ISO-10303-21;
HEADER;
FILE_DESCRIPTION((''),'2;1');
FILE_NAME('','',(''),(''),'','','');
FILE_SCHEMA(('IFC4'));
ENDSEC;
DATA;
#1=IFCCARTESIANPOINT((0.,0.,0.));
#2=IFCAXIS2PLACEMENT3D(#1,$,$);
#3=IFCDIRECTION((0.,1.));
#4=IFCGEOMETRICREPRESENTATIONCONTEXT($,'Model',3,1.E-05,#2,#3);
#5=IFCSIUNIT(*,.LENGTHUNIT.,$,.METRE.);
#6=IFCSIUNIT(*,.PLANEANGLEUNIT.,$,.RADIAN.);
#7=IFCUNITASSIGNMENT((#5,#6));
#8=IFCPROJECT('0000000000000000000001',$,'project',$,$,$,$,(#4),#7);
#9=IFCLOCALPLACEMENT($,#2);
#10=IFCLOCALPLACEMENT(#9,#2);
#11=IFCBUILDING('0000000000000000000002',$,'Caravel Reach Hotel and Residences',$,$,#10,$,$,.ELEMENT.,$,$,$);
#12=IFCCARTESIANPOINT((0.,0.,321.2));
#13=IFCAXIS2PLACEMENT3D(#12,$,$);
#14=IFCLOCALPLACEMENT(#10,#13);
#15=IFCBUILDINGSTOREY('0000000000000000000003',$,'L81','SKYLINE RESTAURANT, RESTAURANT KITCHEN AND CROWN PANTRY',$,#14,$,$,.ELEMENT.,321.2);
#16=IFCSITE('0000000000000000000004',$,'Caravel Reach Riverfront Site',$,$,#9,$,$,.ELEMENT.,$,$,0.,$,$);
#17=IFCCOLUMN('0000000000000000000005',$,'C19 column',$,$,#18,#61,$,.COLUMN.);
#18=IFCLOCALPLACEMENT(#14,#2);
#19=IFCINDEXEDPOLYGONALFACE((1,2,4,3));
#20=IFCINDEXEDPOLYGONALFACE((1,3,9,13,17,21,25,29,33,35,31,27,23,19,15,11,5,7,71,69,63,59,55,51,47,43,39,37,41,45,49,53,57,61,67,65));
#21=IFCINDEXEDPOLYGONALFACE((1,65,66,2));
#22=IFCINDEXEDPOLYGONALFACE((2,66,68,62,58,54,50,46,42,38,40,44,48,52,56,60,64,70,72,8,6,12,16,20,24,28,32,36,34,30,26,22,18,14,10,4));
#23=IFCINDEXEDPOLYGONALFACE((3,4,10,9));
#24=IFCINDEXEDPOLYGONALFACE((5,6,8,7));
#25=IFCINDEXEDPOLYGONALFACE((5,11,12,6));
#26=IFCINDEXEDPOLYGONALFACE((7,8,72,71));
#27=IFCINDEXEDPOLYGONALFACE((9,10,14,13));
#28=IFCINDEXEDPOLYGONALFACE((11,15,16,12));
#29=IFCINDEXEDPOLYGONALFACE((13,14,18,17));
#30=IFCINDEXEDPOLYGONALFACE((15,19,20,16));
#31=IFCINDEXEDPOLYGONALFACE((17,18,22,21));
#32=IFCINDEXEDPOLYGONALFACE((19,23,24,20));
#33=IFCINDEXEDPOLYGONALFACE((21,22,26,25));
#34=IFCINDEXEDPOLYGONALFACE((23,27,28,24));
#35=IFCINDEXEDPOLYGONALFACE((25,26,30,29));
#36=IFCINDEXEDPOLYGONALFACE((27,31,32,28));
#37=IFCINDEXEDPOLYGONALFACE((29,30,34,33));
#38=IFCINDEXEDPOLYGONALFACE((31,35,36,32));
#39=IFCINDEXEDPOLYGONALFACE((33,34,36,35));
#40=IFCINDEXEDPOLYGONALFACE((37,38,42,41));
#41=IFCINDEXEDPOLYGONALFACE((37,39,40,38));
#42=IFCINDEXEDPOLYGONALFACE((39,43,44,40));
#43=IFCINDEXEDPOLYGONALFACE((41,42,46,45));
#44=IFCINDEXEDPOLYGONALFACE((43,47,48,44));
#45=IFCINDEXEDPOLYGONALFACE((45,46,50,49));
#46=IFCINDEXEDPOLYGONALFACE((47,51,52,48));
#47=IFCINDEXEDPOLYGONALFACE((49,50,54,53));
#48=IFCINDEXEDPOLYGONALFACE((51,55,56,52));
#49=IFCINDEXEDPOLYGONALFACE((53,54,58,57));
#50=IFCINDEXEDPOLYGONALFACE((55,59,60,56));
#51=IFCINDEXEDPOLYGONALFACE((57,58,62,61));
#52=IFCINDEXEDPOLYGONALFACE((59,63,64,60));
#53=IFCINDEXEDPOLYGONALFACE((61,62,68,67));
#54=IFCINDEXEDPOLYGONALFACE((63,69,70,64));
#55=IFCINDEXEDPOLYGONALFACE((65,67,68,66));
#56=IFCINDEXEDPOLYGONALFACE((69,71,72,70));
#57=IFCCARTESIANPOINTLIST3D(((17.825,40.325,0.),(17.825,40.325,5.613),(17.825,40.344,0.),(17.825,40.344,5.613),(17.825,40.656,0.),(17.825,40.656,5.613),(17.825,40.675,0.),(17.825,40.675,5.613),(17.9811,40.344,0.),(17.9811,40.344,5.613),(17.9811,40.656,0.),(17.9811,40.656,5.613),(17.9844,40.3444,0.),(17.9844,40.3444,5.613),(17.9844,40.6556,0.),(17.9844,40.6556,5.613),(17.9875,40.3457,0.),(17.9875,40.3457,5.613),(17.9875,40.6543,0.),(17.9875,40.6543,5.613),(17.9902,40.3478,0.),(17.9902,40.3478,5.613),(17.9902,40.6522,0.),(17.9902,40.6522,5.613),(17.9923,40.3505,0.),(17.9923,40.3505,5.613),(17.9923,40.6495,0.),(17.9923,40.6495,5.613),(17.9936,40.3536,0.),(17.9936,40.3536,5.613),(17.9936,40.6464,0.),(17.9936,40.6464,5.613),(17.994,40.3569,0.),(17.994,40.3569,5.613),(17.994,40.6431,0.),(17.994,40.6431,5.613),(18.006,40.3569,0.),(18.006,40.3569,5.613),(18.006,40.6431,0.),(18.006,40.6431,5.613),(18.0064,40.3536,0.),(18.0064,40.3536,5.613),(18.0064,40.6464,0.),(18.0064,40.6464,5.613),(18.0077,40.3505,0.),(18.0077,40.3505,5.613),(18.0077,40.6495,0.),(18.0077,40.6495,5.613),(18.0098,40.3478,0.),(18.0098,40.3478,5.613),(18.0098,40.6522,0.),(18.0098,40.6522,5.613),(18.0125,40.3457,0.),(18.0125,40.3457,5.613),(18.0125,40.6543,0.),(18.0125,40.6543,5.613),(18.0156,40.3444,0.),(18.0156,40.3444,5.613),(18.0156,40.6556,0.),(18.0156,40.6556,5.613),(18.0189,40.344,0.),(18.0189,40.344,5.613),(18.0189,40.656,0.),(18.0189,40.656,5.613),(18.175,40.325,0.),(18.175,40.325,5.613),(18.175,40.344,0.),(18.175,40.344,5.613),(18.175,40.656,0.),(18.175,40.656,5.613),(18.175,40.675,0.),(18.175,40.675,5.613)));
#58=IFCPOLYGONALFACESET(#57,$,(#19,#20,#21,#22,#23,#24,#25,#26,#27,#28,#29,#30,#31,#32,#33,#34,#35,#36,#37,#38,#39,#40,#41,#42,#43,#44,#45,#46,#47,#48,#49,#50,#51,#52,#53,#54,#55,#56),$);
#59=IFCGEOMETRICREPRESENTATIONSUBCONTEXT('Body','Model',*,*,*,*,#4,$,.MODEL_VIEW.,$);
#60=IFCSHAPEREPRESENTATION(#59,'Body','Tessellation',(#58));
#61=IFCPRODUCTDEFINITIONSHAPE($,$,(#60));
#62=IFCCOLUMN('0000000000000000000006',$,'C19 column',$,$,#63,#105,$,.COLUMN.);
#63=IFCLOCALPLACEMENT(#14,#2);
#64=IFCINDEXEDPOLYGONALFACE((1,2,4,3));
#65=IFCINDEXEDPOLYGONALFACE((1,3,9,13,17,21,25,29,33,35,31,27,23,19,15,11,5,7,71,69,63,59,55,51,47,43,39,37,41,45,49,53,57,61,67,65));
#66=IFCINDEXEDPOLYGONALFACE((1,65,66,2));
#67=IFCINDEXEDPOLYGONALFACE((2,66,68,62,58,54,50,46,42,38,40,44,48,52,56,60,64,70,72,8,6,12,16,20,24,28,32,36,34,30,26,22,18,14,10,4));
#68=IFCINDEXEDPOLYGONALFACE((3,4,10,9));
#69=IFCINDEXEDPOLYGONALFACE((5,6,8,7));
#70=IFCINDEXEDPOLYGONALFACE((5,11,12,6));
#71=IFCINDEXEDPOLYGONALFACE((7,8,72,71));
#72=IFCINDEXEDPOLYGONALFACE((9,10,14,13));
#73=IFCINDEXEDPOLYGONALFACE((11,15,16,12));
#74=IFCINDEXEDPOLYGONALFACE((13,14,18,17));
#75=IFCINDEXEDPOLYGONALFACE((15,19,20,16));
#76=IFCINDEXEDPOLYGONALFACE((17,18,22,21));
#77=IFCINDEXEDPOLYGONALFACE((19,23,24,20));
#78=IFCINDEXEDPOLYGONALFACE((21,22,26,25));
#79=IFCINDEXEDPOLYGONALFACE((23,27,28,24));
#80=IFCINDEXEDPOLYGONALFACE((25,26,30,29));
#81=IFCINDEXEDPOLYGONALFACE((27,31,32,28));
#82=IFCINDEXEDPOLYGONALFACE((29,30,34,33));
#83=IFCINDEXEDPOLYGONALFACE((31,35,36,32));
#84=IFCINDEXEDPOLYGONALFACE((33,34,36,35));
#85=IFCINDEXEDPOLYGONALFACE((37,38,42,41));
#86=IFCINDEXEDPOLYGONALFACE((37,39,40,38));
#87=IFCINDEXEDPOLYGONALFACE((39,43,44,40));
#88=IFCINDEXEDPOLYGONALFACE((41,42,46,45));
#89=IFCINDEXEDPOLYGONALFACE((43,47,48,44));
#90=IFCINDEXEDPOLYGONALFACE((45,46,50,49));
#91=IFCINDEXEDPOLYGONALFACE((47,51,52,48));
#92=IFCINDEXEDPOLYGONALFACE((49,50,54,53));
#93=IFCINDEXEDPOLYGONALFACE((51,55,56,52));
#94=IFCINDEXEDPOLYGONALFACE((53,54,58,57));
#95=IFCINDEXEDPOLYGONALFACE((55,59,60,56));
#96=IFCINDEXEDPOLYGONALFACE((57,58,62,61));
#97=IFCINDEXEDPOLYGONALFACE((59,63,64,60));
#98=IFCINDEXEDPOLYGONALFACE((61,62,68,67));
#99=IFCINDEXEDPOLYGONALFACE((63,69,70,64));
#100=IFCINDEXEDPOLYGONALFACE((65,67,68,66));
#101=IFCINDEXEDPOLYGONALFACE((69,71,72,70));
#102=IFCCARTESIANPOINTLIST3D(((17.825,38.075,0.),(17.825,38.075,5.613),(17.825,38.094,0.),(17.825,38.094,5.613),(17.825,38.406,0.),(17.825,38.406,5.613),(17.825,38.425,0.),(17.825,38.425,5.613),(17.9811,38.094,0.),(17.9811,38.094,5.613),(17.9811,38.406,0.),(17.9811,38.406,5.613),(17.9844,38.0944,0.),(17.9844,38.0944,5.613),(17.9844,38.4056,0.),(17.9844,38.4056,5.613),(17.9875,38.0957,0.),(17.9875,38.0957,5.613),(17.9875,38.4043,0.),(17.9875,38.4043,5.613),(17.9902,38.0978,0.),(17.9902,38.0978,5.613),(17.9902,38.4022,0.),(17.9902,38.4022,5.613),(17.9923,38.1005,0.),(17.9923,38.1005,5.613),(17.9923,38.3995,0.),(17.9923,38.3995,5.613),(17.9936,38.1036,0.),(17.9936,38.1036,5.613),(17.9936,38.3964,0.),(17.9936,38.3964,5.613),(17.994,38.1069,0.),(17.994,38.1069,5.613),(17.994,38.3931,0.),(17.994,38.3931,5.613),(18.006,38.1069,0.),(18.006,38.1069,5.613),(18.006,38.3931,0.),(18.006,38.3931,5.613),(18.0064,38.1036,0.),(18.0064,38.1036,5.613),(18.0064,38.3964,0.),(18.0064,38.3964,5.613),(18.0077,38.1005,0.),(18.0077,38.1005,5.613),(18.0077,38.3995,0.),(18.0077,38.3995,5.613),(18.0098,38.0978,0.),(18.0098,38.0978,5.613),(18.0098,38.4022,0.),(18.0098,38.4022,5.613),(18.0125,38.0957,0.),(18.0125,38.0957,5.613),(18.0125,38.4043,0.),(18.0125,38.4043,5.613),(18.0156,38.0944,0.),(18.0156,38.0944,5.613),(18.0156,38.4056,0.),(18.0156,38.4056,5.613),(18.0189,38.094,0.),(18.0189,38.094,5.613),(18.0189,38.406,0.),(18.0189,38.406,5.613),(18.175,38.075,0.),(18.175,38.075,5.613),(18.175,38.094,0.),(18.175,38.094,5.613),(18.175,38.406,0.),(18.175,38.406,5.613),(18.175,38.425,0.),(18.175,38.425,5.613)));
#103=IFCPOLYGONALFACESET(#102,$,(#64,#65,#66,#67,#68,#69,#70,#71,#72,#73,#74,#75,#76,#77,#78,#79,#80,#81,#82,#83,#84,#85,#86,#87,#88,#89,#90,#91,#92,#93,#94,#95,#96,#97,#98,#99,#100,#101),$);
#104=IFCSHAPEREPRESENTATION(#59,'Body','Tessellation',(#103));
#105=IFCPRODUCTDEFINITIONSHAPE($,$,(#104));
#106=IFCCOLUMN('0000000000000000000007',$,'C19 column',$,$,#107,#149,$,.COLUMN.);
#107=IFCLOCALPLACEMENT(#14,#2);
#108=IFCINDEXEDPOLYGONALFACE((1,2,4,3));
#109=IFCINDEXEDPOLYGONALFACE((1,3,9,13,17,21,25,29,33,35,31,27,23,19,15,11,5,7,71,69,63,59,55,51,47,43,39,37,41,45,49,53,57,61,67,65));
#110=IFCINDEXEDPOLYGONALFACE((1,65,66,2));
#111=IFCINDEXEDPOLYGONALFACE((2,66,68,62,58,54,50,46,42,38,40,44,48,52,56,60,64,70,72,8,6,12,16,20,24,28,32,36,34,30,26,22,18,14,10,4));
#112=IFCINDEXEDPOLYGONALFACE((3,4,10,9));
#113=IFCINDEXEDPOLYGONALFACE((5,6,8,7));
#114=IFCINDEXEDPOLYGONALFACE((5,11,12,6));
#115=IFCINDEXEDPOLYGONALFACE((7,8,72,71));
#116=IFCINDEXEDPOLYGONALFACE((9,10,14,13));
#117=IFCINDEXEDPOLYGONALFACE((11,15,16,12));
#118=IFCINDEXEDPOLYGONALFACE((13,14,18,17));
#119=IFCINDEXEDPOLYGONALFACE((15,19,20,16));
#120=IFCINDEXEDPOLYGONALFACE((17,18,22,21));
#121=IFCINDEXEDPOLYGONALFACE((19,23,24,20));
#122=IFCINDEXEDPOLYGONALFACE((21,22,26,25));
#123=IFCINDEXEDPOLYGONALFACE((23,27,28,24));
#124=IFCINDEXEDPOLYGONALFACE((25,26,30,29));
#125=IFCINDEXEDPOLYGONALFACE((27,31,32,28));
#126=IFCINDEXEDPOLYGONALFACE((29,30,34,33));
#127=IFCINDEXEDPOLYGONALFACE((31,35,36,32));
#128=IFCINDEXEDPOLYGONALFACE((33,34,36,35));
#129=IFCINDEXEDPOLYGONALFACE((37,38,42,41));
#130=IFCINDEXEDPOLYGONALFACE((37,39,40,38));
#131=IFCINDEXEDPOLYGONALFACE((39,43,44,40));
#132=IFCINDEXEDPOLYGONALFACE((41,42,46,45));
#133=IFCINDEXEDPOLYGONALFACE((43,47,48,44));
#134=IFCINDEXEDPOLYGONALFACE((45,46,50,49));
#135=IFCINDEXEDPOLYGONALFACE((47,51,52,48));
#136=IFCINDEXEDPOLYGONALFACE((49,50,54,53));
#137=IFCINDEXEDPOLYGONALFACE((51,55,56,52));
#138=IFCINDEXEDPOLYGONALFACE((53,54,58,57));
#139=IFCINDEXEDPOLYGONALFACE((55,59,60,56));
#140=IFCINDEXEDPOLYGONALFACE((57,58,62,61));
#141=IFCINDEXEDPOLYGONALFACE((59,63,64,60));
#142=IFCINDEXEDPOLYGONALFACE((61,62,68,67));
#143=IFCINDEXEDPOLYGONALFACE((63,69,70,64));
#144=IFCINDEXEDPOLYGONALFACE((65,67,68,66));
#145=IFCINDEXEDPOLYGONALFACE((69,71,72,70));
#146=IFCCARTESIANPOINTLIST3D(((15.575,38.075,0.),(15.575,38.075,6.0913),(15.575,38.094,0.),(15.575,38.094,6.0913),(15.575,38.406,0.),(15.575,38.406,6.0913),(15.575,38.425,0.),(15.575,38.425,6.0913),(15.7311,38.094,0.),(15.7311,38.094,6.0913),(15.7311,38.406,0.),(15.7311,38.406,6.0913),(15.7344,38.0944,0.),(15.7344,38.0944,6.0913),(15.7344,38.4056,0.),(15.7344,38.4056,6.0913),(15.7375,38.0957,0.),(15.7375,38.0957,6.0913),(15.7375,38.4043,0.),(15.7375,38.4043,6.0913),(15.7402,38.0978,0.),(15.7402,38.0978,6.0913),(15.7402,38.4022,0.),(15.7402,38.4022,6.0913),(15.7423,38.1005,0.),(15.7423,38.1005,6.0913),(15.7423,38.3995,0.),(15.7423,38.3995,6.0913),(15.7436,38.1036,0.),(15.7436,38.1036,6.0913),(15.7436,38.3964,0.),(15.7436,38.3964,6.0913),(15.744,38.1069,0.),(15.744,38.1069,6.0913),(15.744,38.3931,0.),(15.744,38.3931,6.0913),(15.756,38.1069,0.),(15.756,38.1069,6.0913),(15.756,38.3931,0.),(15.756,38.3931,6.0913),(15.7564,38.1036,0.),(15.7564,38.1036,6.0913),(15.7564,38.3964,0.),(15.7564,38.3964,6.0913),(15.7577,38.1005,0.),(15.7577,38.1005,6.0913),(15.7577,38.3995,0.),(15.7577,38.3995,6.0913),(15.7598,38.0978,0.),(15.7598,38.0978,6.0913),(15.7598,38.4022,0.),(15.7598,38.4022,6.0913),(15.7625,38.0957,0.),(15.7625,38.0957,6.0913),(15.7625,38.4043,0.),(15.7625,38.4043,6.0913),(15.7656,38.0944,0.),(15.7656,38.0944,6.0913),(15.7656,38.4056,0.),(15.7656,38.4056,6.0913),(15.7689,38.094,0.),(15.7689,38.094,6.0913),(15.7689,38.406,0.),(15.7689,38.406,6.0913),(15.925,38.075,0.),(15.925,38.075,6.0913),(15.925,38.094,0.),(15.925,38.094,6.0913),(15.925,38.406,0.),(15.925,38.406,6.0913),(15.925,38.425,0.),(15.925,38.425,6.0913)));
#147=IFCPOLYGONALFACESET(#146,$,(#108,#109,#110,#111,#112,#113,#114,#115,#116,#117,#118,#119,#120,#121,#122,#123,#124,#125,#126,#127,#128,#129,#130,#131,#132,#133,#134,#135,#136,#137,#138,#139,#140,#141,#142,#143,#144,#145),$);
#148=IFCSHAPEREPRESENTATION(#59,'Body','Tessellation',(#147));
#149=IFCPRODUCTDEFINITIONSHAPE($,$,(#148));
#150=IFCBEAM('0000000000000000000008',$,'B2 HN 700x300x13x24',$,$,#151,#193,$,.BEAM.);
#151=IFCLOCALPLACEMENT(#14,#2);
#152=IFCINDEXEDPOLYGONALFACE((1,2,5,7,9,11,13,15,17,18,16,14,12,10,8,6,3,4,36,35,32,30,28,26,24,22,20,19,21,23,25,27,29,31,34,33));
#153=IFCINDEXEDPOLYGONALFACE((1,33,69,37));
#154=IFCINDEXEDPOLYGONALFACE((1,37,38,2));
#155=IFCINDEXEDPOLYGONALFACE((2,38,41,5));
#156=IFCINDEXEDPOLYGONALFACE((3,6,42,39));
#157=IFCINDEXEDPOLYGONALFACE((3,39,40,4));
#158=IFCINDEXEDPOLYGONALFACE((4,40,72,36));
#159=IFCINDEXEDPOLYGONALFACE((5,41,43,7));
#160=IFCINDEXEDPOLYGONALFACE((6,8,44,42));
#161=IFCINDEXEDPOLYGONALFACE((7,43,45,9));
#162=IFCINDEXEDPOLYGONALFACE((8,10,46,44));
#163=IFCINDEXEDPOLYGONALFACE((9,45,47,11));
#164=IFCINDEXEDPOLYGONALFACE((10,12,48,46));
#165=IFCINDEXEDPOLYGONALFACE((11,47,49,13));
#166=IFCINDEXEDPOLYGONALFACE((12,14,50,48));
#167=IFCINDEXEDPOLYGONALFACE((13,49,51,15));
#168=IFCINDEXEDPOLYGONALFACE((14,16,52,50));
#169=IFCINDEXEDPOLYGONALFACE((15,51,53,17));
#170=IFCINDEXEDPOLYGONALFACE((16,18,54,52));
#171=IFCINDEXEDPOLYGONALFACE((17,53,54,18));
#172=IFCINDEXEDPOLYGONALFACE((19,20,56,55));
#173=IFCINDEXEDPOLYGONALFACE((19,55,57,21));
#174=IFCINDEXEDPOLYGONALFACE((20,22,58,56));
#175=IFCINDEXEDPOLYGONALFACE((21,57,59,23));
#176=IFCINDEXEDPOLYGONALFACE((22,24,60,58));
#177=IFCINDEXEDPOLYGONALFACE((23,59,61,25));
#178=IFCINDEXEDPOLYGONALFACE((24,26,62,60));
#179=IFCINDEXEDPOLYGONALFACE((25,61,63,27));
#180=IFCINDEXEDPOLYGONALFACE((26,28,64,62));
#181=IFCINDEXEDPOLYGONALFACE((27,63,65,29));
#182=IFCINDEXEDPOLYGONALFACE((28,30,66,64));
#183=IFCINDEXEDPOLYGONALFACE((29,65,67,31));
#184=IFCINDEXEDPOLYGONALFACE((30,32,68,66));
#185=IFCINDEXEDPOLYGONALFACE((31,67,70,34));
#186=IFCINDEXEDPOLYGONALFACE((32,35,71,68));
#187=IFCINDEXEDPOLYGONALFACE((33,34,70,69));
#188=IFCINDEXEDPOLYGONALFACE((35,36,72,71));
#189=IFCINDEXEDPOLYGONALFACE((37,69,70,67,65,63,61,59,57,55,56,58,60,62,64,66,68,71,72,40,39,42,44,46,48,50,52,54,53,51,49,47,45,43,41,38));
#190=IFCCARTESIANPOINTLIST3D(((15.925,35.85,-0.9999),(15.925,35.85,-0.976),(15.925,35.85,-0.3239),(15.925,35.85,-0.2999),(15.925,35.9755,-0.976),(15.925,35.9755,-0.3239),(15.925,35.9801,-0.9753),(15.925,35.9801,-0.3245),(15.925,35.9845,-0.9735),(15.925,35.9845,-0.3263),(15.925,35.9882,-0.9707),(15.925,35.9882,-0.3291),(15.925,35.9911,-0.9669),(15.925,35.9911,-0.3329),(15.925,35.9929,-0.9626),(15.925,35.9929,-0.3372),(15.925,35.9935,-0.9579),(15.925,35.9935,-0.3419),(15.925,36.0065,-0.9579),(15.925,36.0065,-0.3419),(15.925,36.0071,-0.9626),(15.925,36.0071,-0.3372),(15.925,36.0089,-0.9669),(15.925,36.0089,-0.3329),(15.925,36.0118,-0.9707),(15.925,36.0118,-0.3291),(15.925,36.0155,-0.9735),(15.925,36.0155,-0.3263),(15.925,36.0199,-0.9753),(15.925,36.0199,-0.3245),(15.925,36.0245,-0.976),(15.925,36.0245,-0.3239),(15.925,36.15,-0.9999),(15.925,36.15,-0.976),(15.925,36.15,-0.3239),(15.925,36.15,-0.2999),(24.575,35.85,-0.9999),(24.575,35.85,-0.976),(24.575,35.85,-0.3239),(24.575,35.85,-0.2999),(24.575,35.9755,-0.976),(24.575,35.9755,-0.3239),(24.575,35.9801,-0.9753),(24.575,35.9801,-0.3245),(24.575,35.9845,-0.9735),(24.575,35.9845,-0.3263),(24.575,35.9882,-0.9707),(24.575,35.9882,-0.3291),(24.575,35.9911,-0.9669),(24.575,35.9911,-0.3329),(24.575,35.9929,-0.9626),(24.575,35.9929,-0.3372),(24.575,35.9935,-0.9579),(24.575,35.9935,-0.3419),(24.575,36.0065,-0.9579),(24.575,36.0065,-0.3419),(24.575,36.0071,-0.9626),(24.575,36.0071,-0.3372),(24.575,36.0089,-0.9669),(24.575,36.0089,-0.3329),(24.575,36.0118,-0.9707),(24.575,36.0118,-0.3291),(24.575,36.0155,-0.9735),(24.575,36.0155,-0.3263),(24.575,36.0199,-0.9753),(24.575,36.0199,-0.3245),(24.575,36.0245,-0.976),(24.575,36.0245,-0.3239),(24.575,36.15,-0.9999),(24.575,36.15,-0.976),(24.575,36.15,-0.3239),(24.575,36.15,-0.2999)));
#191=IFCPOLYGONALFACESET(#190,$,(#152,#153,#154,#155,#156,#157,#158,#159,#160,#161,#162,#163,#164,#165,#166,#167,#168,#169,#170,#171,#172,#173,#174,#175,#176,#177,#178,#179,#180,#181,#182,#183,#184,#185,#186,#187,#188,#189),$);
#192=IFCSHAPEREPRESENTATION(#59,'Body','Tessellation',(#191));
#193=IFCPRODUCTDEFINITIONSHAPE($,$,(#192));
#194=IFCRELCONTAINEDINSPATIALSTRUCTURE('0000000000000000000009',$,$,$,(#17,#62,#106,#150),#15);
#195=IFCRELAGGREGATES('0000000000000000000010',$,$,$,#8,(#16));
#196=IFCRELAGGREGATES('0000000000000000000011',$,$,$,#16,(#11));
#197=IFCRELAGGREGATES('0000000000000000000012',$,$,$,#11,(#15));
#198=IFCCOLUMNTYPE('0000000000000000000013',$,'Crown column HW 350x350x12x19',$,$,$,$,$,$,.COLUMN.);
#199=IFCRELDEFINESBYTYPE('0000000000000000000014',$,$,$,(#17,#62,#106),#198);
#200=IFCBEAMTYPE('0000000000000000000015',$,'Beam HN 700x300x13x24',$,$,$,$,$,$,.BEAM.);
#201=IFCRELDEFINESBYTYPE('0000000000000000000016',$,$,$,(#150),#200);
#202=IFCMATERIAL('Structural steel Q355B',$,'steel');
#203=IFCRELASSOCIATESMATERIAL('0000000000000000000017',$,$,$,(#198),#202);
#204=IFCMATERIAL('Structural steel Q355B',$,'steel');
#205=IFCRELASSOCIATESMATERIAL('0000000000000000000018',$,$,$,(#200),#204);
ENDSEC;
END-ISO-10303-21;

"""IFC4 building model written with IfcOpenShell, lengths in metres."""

from ifc_helpers import new_model, si_unit, direction, frame, origin, origin_2d, place, context, subcontext, project, spatial, i_section, extrude, material, material_profile, profile_set, type_object, element, save


model = new_model("IFC4")

# Units and contexts
model_context = context("Model", 3, precision=1e-05, world=origin(), true_north=direction((0.0, 1.0)))
body_context = subcontext(model_context, "Body", "Model", "MODEL_VIEW")
ifc_project = project(units=[si_unit("LENGTHUNIT", "METRE"), si_unit("PLANEANGLEUNIT", "RADIAN")], contexts=[model_context])

# Site, building, storey
site_placement = place(None, origin())
site = spatial("IfcSite", under=ifc_project, at=site_placement, Name="Caravel Reach Riverfront Site", CompositionType="ELEMENT", RefElevation=0.0)
building_placement = place(site_placement, origin())
building = spatial("IfcBuilding", under=site, at=building_placement, Name="Caravel Reach Hotel and Residences", CompositionType="ELEMENT")
storey_placement = place(building_placement, frame((0.0, 0.0, 321.2)))
storey = spatial("IfcBuildingStorey", under=building, at=storey_placement, Name="L81", Description="SKYLINE RESTAURANT, RESTAURANT KITCHEN AND CROWN PANTRY", CompositionType="ELEMENT", Elevation=321.2)

# Columns
ifc_material_1 = material(Name="Structural steel Q355B", Category="steel")
ifc_material_profile_1 = material_profile(ifc_material_1, i_section(OverallWidth=0.3501, OverallDepth=0.3501, WebThickness=0.012, FlangeThickness=0.019, FilletRadius=0.0129, at=origin_2d()), Name="HW 350x350x12x19")
ifc_profile_set_1 = profile_set([ifc_material_profile_1], Name="Structural steel Q355B")
column_type = type_object("IfcColumnType", Name="Crown column HW 350x350x12x19", PredefinedType="COLUMN", material=ifc_profile_set_1)
for number, where, z_axis, x_axis, name in (
    (1, (18.0, 40.5, 0.0), (0.0, 0.0, 1.0), (1.0, 0.0, 0.0), "C19 column"),
    (2, (18.0, 38.25, 0.0), (0.0, 0.0, 1.0), (1.0, 0.0, 0.0), "C19 column"),
):
    element("IfcColumn", number, at=place(storey_placement, frame(where, z_axis=z_axis, x_axis=x_axis)), inside=storey, type_object=column_type, Name=name, PredefinedType="COLUMN", context=body_context, shape_type="SweptSolid", body=[
        extrude(i_section(OverallWidth=0.3501, OverallDepth=0.3501, WebThickness=0.012, FlangeThickness=0.019, FilletRadius=0.0129, at=origin_2d()), origin(), (0.0, 0.0, 1.0), 5.613),
    ])
column_placement = place(storey_placement, frame((15.75, 38.25, 0.0), z_axis=(0.0, 0.0, 1.0), x_axis=(1.0, 0.0, 0.0)))
element("IfcColumn", 3, at=column_placement, inside=storey, type_object=column_type, Name="C19 column", PredefinedType="COLUMN", context=body_context, shape_type="SweptSolid", body=[
    extrude(i_section(OverallWidth=0.3501, OverallDepth=0.3501, WebThickness=0.012, FlangeThickness=0.019, FilletRadius=0.0129, at=origin_2d()), origin(), (0.0, 0.0, 1.0), 6.0913),
])

# Beam
ifc_material_2 = material(Name="Structural steel Q355B", Category="steel")
ifc_material_profile_2 = material_profile(ifc_material_2, i_section(OverallWidth=0.3, OverallDepth=0.7, WebThickness=0.0129, FlangeThickness=0.0239, FilletRadius=0.0181, at=origin_2d()), Name="HN 700x300x13x24")
ifc_profile_set_2 = profile_set([ifc_material_profile_2], Name="Structural steel Q355B")
beam_type_1 = type_object("IfcBeamType", Name="Beam HN 700x300x13x24", PredefinedType="BEAM", material=ifc_profile_set_2)
beam_1_placement = place(storey_placement, frame((15.925, 36.0, -0.6499), z_axis=(1.0, 0.0, 0.0), x_axis=(0.0, 1.0, 0.0)))
element("IfcBeam", 4, at=beam_1_placement, inside=storey, type_object=beam_type_1, Name="B2 HN 700x300x13x24", PredefinedType="BEAM", context=body_context, shape_type="SweptSolid", body=[
    extrude(i_section(OverallWidth=0.3, OverallDepth=0.7, WebThickness=0.0129, FlangeThickness=0.0239, FilletRadius=0.0181, at=origin_2d()), origin(), (0.0, 0.0, 1.0), 8.6499),
])

save(model, "model.ifc")
